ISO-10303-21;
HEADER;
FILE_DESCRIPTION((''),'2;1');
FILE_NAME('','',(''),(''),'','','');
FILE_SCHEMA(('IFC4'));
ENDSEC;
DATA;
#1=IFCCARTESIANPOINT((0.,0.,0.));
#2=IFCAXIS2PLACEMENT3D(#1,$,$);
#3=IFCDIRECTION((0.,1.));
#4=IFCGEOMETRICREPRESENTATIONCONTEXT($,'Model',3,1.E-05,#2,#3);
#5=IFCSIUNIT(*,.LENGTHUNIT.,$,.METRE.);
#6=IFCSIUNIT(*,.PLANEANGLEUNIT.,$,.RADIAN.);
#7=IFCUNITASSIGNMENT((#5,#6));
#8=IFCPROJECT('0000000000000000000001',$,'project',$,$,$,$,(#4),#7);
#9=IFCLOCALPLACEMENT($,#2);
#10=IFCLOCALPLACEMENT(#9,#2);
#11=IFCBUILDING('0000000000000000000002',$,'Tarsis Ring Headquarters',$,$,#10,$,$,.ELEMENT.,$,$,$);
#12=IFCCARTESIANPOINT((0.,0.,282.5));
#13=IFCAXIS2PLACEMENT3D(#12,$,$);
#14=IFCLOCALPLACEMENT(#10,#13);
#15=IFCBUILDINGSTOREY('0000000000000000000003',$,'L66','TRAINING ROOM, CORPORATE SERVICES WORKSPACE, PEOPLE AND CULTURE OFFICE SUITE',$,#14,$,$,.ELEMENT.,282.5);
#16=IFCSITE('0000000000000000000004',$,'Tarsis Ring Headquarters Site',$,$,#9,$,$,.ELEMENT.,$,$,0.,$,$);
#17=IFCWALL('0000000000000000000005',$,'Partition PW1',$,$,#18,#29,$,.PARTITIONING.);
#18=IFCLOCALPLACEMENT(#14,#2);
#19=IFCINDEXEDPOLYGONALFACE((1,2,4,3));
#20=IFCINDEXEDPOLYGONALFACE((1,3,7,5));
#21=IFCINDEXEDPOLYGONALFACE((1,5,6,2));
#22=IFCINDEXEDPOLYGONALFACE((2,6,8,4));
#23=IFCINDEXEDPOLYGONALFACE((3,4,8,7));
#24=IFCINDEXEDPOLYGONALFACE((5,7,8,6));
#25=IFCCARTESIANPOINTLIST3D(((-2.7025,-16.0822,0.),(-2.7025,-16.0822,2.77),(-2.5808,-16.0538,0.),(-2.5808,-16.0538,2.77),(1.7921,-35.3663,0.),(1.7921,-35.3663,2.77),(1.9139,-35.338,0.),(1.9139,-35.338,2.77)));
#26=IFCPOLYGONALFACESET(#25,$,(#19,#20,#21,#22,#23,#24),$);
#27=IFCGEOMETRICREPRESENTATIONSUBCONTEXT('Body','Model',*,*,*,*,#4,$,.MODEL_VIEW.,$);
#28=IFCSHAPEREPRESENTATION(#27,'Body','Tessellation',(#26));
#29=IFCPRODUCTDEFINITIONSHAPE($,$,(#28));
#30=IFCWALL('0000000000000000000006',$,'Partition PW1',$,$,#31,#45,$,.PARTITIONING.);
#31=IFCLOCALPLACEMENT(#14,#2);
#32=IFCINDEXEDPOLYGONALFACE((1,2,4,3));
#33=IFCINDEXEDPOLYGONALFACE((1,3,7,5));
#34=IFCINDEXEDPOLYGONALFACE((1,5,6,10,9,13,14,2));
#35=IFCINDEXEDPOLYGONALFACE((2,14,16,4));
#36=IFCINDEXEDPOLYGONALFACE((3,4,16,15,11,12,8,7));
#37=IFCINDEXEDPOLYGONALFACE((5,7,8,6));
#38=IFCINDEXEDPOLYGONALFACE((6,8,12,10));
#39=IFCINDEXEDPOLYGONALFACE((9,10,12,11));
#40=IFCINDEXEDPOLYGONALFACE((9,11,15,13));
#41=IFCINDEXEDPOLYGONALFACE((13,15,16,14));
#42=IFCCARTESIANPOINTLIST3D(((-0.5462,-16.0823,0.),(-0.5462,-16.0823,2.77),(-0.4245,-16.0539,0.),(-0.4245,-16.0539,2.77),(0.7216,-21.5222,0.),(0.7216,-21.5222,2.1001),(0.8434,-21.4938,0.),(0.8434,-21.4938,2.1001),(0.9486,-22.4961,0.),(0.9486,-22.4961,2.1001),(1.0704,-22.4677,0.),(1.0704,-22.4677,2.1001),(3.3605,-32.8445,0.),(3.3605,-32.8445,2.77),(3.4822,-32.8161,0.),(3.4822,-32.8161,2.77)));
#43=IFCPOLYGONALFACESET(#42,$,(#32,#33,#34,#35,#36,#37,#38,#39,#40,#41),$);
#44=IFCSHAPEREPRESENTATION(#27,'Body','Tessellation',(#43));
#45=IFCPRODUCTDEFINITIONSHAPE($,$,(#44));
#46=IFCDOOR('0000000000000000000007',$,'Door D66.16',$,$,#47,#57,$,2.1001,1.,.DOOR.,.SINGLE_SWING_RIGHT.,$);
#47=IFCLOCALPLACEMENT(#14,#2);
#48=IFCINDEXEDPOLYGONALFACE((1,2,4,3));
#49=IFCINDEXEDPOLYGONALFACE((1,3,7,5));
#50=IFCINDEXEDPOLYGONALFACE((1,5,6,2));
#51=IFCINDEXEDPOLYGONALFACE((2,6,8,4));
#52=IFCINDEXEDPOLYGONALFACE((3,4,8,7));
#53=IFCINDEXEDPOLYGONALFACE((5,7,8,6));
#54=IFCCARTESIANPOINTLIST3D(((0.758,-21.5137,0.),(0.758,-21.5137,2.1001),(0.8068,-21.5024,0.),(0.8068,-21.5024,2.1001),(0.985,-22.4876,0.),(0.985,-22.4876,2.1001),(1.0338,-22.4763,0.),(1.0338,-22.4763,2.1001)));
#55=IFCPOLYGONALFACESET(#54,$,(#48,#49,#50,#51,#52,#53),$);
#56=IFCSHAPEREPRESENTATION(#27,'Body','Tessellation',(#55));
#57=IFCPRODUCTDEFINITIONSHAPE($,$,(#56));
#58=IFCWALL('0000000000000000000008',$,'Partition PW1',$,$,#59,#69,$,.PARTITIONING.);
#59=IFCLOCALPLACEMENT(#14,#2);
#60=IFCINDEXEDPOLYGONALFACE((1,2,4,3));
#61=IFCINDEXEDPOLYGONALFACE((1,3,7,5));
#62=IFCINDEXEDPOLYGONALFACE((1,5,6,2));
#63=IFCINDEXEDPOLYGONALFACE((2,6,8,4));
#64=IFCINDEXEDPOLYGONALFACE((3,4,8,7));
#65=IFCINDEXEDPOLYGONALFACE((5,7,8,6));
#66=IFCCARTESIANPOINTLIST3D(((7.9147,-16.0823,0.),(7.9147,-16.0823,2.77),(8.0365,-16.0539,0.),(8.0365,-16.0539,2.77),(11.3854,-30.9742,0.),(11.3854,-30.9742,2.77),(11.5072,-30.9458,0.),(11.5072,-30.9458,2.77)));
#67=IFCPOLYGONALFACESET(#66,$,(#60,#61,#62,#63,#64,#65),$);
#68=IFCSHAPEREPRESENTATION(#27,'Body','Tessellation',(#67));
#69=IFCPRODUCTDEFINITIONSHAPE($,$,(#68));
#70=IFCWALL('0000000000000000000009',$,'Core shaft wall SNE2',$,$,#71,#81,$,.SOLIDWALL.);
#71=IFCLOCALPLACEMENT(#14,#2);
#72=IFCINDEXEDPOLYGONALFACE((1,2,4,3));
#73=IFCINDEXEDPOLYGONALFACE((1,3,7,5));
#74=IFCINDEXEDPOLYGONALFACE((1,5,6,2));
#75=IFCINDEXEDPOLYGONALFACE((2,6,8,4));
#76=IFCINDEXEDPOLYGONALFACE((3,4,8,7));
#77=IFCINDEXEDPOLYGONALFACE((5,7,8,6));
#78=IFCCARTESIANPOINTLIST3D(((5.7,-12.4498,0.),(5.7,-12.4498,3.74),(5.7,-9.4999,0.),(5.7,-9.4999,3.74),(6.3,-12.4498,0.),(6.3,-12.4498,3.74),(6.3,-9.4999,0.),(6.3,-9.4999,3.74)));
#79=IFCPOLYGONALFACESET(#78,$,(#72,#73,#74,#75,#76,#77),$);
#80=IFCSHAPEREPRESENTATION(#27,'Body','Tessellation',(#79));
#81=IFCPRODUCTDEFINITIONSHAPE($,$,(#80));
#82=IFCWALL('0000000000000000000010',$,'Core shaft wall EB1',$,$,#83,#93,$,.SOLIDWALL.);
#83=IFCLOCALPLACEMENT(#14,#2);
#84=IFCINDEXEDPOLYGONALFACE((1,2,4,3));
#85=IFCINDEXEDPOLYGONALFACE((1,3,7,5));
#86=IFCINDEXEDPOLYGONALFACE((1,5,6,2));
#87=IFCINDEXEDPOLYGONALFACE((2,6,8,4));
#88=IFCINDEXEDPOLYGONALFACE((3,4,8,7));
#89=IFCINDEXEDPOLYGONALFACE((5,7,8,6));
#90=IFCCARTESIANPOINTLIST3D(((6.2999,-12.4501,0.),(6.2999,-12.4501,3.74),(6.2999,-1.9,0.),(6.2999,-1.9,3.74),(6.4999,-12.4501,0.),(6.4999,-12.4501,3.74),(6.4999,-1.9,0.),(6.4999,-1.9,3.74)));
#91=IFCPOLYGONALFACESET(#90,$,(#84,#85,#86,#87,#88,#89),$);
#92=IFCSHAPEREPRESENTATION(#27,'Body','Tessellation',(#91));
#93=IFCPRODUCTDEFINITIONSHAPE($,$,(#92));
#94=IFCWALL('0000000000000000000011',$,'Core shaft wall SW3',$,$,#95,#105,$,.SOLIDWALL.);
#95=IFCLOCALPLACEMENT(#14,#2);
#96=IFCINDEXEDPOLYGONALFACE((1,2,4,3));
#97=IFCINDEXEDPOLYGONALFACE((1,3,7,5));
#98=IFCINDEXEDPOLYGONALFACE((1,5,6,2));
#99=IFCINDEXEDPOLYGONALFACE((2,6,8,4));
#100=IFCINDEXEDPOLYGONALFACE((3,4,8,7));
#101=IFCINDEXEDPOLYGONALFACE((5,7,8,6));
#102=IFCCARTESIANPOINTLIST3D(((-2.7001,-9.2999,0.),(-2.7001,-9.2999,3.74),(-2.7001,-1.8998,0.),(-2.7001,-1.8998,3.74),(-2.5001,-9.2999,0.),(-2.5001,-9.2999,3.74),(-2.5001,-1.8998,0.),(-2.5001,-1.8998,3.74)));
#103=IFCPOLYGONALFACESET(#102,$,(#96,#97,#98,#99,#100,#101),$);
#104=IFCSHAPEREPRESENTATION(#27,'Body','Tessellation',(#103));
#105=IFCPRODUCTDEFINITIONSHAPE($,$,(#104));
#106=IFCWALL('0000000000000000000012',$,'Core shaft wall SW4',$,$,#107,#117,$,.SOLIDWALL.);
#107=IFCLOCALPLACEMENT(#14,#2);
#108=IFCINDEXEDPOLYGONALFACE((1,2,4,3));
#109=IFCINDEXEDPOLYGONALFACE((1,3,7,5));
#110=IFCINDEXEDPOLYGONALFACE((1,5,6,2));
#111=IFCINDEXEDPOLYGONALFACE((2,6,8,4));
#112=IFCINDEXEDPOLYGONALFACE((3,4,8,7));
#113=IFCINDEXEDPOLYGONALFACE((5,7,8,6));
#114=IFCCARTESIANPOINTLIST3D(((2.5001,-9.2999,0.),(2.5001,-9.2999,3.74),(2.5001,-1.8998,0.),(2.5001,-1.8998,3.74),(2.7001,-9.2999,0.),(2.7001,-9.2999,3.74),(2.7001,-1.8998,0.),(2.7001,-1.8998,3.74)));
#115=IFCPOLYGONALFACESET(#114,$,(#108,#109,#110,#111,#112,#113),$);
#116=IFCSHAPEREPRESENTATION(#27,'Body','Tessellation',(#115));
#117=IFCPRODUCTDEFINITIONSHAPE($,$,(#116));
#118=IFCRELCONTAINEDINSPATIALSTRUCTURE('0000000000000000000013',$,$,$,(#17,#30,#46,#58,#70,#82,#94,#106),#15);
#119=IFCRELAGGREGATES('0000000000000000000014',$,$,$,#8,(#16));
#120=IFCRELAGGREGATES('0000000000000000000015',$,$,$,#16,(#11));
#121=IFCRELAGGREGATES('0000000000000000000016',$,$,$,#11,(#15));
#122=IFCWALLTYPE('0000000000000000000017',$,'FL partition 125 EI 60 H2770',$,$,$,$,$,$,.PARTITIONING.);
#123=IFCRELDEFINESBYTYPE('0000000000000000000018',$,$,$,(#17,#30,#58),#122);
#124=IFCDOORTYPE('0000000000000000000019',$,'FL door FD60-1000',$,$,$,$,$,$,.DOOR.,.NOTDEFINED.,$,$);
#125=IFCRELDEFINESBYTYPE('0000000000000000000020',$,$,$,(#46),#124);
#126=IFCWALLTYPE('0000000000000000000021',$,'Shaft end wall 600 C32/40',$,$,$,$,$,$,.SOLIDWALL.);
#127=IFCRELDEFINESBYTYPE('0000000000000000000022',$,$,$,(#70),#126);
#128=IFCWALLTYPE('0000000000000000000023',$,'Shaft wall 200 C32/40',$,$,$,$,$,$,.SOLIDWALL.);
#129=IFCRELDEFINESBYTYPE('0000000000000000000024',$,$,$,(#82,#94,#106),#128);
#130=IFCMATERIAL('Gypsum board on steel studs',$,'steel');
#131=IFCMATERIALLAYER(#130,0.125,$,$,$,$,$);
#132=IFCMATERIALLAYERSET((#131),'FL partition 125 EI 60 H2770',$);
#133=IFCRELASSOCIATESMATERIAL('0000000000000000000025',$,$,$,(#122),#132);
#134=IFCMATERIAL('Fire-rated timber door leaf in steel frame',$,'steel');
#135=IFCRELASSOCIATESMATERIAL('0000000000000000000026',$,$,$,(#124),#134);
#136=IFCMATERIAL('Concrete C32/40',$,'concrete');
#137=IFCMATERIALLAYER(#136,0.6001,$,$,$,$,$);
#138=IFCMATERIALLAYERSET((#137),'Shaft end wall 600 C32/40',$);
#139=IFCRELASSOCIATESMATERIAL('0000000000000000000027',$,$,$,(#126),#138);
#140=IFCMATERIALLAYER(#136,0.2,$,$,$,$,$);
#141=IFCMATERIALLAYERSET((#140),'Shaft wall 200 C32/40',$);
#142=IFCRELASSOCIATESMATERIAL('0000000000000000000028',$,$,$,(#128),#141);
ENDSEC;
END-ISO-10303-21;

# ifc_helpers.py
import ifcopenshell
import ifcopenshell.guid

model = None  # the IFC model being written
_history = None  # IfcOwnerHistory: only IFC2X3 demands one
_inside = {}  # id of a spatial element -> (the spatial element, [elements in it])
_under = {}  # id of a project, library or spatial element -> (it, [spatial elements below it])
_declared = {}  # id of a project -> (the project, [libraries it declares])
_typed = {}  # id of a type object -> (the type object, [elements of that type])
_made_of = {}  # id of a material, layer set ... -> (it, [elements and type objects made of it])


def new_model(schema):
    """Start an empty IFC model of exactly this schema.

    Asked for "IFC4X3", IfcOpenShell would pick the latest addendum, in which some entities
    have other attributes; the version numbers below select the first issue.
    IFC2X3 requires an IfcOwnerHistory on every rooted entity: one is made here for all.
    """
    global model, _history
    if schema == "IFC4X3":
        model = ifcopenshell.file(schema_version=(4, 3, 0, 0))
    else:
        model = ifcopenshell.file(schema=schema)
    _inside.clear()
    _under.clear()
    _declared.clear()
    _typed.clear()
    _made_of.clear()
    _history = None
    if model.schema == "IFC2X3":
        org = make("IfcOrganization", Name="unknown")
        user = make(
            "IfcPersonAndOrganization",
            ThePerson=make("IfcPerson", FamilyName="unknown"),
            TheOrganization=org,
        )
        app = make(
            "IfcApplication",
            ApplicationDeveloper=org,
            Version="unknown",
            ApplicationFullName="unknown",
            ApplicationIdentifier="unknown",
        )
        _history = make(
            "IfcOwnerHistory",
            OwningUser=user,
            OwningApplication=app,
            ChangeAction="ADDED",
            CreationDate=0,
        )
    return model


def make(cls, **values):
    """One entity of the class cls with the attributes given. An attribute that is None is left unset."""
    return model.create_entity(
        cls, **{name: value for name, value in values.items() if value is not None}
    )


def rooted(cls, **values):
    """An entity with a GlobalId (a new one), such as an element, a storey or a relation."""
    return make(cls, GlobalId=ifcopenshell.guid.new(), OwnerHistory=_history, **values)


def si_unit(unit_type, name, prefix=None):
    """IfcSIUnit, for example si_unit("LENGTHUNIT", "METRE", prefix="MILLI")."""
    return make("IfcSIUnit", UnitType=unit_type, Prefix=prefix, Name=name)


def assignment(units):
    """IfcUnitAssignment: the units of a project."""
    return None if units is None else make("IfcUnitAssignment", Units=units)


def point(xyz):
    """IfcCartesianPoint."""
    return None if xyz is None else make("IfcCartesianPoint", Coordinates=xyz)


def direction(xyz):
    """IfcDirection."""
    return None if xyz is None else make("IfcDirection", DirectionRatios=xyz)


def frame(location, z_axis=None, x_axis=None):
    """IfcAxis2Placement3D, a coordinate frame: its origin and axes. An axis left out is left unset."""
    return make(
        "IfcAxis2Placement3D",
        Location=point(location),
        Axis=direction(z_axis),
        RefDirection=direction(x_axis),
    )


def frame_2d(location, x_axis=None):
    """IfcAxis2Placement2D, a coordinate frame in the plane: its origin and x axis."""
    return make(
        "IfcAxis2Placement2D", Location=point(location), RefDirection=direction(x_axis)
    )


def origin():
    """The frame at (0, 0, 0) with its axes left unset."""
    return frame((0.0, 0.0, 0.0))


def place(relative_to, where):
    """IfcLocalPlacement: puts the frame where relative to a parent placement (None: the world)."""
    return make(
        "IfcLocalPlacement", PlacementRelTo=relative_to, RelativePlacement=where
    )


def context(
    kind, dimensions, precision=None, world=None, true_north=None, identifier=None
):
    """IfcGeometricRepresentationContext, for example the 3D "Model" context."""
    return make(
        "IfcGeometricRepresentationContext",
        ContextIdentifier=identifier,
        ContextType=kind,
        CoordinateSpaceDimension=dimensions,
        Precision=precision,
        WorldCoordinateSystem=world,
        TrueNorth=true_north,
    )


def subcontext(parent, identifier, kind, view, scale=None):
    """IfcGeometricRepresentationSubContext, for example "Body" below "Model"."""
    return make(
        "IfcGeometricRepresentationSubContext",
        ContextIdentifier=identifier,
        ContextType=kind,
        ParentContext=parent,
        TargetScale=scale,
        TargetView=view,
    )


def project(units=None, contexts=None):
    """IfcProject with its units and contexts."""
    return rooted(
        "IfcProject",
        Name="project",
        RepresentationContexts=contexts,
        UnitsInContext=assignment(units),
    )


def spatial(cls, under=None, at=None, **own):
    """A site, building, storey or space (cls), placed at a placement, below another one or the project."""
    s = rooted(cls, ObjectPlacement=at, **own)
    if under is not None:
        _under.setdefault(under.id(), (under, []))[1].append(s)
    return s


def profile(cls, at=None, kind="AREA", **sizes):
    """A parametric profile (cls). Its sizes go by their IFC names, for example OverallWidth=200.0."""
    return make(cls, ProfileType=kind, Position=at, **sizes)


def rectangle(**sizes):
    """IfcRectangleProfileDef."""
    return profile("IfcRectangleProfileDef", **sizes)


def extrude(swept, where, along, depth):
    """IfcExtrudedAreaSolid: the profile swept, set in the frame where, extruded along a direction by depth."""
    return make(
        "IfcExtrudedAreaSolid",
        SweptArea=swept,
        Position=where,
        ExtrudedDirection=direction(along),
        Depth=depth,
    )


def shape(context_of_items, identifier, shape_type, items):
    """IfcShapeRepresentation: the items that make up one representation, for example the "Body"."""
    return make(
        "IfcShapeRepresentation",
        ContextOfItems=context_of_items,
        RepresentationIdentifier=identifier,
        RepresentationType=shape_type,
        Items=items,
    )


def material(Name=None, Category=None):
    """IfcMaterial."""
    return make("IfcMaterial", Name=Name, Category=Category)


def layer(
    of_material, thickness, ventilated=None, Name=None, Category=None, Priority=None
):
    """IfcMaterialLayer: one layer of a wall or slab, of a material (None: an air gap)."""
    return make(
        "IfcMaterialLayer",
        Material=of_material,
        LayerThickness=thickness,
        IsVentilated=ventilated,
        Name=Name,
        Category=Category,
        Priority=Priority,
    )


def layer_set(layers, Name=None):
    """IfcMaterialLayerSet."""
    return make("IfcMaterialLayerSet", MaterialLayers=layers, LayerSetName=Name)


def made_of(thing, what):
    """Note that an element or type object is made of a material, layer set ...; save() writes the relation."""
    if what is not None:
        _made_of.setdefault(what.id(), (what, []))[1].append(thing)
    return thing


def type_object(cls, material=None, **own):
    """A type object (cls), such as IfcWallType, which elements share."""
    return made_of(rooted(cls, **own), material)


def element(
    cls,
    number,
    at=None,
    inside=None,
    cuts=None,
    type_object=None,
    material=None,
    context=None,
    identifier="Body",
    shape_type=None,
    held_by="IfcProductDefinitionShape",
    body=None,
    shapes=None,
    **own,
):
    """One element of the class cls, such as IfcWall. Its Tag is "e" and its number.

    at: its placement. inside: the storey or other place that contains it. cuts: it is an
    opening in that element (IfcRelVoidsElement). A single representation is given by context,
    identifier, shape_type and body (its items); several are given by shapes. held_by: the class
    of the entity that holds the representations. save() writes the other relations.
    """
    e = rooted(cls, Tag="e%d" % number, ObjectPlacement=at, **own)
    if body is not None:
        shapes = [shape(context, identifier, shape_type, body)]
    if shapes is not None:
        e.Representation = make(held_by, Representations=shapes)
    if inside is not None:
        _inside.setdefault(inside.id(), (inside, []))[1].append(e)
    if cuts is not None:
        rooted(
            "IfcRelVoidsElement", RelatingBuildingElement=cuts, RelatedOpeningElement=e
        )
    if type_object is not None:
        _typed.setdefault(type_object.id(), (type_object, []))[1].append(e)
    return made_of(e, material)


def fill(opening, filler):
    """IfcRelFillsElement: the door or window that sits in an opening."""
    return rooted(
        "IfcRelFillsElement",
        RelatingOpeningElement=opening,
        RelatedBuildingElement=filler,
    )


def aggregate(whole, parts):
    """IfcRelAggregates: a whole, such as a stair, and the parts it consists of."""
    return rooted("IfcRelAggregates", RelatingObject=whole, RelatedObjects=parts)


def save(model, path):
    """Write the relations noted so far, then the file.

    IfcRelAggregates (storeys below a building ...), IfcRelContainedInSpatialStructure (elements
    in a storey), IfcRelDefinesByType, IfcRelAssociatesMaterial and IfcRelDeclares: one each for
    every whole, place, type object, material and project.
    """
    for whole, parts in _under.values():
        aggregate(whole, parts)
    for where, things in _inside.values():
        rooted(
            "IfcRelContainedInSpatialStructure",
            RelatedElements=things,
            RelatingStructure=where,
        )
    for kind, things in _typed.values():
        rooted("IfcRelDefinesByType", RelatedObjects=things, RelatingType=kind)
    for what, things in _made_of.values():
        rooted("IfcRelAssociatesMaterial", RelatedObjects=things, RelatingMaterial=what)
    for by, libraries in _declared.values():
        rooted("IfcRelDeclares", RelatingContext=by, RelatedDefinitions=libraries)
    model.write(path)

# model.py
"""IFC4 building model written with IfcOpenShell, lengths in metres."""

from ifc_helpers import new_model, si_unit, direction, frame, frame_2d, origin, place, context, subcontext, project, spatial, rectangle, extrude, material, layer, layer_set, type_object, element, fill, save


model = new_model("IFC4")

# Units and contexts
model_context = context("Model", 3, precision=1e-05, world=origin(), true_north=direction((0.0, 1.0)))
body_context = subcontext(model_context, "Body", "Model", "MODEL_VIEW")
ifc_project = project(units=[si_unit("LENGTHUNIT", "METRE"), si_unit("PLANEANGLEUNIT", "RADIAN")], contexts=[model_context])

# Site, building, storey
site_placement = place(None, origin())
site = spatial("IfcSite", under=ifc_project, at=site_placement, Name="Tarsis Ring Headquarters Site", CompositionType="ELEMENT", RefElevation=0.0)
building_placement = place(site_placement, origin())
building = spatial("IfcBuilding", under=site, at=building_placement, Name="Tarsis Ring Headquarters", CompositionType="ELEMENT")
storey_placement = place(building_placement, frame((0.0, 0.0, 282.5)))
storey = spatial("IfcBuildingStorey", under=building, at=storey_placement, Name="L66", Description="TRAINING ROOM, CORPORATE SERVICES WORKSPACE, PEOPLE AND CULTURE OFFICE SUITE", CompositionType="ELEMENT", Elevation=282.5)

# Wall
ifc_material_1 = material(Name="Gypsum board on steel studs", Category="steel")
ifc_layer_1 = layer(ifc_material_1, 0.125)
ifc_layer_set_1 = layer_set([ifc_layer_1], Name="FL partition 125 EI 60 H2770")
wall_type_1 = type_object("IfcWallType", Name="FL partition 125 EI 60 H2770", PredefinedType="PARTITIONING", material=ifc_layer_set_1)
wall_1_placement = place(storey_placement, frame((-2.6416, -16.0681, 0.0), z_axis=(0.0, 0.0, 1.0), x_axis=(0.22699, -0.973897, 0.0)))
element("IfcWall", 1, at=wall_1_placement, inside=storey, type_object=wall_type_1, Name="Partition PW1", PredefinedType="PARTITIONING", context=body_context, shape_type="SweptSolid", body=[
    extrude(rectangle(XDim=19.801, YDim=0.125, at=frame_2d((9.9004, 0.0))), origin(), (0.0, 0.0, 1.0), 2.77),
])

# Wall, opening, door
wall_2_placement = place(storey_placement, frame((-0.4854, -16.0681, 0.0), z_axis=(0.0, 0.0, 1.0), x_axis=(0.226985, -0.973898, 0.0)))
wall_2 = element("IfcWall", 2, at=wall_2_placement, inside=storey, type_object=wall_type_1, Name="Partition PW1", PredefinedType="PARTITIONING", context=body_context, shape_type="SweptSolid", body=[
    extrude(rectangle(XDim=17.2114, YDim=0.125, at=frame_2d((8.6057, 0.0))), origin(), (0.0, 0.0, 1.0), 2.77),
])
opening_1_placement = place(wall_2_placement, frame((5.5857, 0.0, 0.0)))
opening_1 = element("IfcOpeningElement", 3, at=opening_1_placement, cuts=wall_2, PredefinedType="OPENING", context=body_context, shape_type="SweptSolid", body=[
    extrude(rectangle(XDim=1.0, YDim=2.1001, at=frame_2d((0.5, 1.05))), frame((0.0, 0.0725, 0.0), z_axis=(0.0, -1.0, 0.0), x_axis=(1.0, 0.0, 0.0)), (0.0, 0.0, 1.0), 0.145),
])
ifc_material_2 = material(Name="Fire-rated timber door leaf in steel frame", Category="steel")
door_type_1 = type_object("IfcDoorType", Name="FL door FD60-1000", OperationType="NOTDEFINED", PredefinedType="DOOR", material=ifc_material_2)
door_1_placement = place(opening_1_placement, origin())
door_1 = element("IfcDoor", 4, at=door_1_placement, inside=storey, type_object=door_type_1, Name="Door D66.16", OperationType="SINGLE_SWING_RIGHT", OverallHeight=2.1001, OverallWidth=1.0, PredefinedType="DOOR", context=body_context, shape_type="SweptSolid", body=[
    extrude(rectangle(XDim=1.0, YDim=2.1001, at=frame_2d((0.5, 1.05))), frame((0.0, 0.0249, 0.0), z_axis=(0.0, -1.0, 0.0), x_axis=(1.0, 0.0, 0.0)), (0.0, 0.0, 1.0), 0.05),
])
fill(opening_1, door_1)

# Walls
wall_3_placement = place(storey_placement, frame((7.9756, -16.0681, 0.0), z_axis=(0.0, 0.0, 1.0), x_axis=(0.226978, -0.9739, 0.0)))
element("IfcWall", 5, at=wall_3_placement, inside=storey, type_object=wall_type_1, Name="Partition PW1", PredefinedType="PARTITIONING", context=body_context, shape_type="SweptSolid", body=[
    extrude(rectangle(XDim=15.291, YDim=0.125, at=frame_2d((7.6455, 0.0))), origin(), (0.0, 0.0, 1.0), 2.77),
])
ifc_material_3 = material(Name="Concrete C32/40", Category="concrete")
ifc_layer_2 = layer(ifc_material_3, 0.6001)
ifc_layer_set_2 = layer_set([ifc_layer_2], Name="Shaft end wall 600 C32/40")
wall_type_2 = type_object("IfcWallType", Name="Shaft end wall 600 C32/40", PredefinedType="SOLIDWALL", material=ifc_layer_set_2)
wall_4_placement = place(storey_placement, frame((6.0, -12.45, 0.0), z_axis=(0.0, 0.0, 1.0), x_axis=(0.0, 1.0, 0.0)))
element("IfcWall", 6, at=wall_4_placement, inside=storey, type_object=wall_type_2, Name="Core shaft wall SNE2", PredefinedType="SOLIDWALL", context=body_context, shape_type="SweptSolid", body=[
    extrude(rectangle(XDim=2.95, YDim=0.6001, at=frame_2d((1.4751, 0.0))), origin(), (0.0, 0.0, 1.0), 3.74),
])
ifc_layer_3 = layer(ifc_material_3, 0.2)
ifc_layer_set_3 = layer_set([ifc_layer_3], Name="Shaft wall 200 C32/40")
wall_type_3 = type_object("IfcWallType", Name="Shaft wall 200 C32/40", PredefinedType="SOLIDWALL", material=ifc_layer_set_3)
wall_5_placement = place(storey_placement, frame((6.3999, -12.45, 0.0), z_axis=(0.0, 0.0, 1.0), x_axis=(0.0, 1.0, 0.0)))
element("IfcWall", 7, at=wall_5_placement, inside=storey, type_object=wall_type_3, Name="Core shaft wall EB1", PredefinedType="SOLIDWALL", context=body_context, shape_type="SweptSolid", body=[
    extrude(rectangle(XDim=10.55, YDim=0.2, at=frame_2d((5.2749, 0.0))), origin(), (0.0, 0.0, 1.0), 3.74),
])
for number, where, z_axis, x_axis, name in (
    (8, (-2.6001, -9.3, 0.0), (0.0, 0.0, 1.0), (0.0, 1.0, 0.0), "Core shaft wall SW3"),
    (9, (2.6001, -9.3, 0.0), (0.0, 0.0, 1.0), (0.0, 1.0, 0.0), "Core shaft wall SW4"),
):
    element("IfcWall", number, at=place(storey_placement, frame(where, z_axis=z_axis, x_axis=x_axis)), inside=storey, type_object=wall_type_3, Name=name, PredefinedType="SOLIDWALL", context=body_context, shape_type="SweptSolid", body=[
        extrude(rectangle(XDim=7.4001, YDim=0.2, at=frame_2d((3.7002, 0.0))), origin(), (0.0, 0.0, 1.0), 3.74),
    ])

save(model, "model.ifc")
